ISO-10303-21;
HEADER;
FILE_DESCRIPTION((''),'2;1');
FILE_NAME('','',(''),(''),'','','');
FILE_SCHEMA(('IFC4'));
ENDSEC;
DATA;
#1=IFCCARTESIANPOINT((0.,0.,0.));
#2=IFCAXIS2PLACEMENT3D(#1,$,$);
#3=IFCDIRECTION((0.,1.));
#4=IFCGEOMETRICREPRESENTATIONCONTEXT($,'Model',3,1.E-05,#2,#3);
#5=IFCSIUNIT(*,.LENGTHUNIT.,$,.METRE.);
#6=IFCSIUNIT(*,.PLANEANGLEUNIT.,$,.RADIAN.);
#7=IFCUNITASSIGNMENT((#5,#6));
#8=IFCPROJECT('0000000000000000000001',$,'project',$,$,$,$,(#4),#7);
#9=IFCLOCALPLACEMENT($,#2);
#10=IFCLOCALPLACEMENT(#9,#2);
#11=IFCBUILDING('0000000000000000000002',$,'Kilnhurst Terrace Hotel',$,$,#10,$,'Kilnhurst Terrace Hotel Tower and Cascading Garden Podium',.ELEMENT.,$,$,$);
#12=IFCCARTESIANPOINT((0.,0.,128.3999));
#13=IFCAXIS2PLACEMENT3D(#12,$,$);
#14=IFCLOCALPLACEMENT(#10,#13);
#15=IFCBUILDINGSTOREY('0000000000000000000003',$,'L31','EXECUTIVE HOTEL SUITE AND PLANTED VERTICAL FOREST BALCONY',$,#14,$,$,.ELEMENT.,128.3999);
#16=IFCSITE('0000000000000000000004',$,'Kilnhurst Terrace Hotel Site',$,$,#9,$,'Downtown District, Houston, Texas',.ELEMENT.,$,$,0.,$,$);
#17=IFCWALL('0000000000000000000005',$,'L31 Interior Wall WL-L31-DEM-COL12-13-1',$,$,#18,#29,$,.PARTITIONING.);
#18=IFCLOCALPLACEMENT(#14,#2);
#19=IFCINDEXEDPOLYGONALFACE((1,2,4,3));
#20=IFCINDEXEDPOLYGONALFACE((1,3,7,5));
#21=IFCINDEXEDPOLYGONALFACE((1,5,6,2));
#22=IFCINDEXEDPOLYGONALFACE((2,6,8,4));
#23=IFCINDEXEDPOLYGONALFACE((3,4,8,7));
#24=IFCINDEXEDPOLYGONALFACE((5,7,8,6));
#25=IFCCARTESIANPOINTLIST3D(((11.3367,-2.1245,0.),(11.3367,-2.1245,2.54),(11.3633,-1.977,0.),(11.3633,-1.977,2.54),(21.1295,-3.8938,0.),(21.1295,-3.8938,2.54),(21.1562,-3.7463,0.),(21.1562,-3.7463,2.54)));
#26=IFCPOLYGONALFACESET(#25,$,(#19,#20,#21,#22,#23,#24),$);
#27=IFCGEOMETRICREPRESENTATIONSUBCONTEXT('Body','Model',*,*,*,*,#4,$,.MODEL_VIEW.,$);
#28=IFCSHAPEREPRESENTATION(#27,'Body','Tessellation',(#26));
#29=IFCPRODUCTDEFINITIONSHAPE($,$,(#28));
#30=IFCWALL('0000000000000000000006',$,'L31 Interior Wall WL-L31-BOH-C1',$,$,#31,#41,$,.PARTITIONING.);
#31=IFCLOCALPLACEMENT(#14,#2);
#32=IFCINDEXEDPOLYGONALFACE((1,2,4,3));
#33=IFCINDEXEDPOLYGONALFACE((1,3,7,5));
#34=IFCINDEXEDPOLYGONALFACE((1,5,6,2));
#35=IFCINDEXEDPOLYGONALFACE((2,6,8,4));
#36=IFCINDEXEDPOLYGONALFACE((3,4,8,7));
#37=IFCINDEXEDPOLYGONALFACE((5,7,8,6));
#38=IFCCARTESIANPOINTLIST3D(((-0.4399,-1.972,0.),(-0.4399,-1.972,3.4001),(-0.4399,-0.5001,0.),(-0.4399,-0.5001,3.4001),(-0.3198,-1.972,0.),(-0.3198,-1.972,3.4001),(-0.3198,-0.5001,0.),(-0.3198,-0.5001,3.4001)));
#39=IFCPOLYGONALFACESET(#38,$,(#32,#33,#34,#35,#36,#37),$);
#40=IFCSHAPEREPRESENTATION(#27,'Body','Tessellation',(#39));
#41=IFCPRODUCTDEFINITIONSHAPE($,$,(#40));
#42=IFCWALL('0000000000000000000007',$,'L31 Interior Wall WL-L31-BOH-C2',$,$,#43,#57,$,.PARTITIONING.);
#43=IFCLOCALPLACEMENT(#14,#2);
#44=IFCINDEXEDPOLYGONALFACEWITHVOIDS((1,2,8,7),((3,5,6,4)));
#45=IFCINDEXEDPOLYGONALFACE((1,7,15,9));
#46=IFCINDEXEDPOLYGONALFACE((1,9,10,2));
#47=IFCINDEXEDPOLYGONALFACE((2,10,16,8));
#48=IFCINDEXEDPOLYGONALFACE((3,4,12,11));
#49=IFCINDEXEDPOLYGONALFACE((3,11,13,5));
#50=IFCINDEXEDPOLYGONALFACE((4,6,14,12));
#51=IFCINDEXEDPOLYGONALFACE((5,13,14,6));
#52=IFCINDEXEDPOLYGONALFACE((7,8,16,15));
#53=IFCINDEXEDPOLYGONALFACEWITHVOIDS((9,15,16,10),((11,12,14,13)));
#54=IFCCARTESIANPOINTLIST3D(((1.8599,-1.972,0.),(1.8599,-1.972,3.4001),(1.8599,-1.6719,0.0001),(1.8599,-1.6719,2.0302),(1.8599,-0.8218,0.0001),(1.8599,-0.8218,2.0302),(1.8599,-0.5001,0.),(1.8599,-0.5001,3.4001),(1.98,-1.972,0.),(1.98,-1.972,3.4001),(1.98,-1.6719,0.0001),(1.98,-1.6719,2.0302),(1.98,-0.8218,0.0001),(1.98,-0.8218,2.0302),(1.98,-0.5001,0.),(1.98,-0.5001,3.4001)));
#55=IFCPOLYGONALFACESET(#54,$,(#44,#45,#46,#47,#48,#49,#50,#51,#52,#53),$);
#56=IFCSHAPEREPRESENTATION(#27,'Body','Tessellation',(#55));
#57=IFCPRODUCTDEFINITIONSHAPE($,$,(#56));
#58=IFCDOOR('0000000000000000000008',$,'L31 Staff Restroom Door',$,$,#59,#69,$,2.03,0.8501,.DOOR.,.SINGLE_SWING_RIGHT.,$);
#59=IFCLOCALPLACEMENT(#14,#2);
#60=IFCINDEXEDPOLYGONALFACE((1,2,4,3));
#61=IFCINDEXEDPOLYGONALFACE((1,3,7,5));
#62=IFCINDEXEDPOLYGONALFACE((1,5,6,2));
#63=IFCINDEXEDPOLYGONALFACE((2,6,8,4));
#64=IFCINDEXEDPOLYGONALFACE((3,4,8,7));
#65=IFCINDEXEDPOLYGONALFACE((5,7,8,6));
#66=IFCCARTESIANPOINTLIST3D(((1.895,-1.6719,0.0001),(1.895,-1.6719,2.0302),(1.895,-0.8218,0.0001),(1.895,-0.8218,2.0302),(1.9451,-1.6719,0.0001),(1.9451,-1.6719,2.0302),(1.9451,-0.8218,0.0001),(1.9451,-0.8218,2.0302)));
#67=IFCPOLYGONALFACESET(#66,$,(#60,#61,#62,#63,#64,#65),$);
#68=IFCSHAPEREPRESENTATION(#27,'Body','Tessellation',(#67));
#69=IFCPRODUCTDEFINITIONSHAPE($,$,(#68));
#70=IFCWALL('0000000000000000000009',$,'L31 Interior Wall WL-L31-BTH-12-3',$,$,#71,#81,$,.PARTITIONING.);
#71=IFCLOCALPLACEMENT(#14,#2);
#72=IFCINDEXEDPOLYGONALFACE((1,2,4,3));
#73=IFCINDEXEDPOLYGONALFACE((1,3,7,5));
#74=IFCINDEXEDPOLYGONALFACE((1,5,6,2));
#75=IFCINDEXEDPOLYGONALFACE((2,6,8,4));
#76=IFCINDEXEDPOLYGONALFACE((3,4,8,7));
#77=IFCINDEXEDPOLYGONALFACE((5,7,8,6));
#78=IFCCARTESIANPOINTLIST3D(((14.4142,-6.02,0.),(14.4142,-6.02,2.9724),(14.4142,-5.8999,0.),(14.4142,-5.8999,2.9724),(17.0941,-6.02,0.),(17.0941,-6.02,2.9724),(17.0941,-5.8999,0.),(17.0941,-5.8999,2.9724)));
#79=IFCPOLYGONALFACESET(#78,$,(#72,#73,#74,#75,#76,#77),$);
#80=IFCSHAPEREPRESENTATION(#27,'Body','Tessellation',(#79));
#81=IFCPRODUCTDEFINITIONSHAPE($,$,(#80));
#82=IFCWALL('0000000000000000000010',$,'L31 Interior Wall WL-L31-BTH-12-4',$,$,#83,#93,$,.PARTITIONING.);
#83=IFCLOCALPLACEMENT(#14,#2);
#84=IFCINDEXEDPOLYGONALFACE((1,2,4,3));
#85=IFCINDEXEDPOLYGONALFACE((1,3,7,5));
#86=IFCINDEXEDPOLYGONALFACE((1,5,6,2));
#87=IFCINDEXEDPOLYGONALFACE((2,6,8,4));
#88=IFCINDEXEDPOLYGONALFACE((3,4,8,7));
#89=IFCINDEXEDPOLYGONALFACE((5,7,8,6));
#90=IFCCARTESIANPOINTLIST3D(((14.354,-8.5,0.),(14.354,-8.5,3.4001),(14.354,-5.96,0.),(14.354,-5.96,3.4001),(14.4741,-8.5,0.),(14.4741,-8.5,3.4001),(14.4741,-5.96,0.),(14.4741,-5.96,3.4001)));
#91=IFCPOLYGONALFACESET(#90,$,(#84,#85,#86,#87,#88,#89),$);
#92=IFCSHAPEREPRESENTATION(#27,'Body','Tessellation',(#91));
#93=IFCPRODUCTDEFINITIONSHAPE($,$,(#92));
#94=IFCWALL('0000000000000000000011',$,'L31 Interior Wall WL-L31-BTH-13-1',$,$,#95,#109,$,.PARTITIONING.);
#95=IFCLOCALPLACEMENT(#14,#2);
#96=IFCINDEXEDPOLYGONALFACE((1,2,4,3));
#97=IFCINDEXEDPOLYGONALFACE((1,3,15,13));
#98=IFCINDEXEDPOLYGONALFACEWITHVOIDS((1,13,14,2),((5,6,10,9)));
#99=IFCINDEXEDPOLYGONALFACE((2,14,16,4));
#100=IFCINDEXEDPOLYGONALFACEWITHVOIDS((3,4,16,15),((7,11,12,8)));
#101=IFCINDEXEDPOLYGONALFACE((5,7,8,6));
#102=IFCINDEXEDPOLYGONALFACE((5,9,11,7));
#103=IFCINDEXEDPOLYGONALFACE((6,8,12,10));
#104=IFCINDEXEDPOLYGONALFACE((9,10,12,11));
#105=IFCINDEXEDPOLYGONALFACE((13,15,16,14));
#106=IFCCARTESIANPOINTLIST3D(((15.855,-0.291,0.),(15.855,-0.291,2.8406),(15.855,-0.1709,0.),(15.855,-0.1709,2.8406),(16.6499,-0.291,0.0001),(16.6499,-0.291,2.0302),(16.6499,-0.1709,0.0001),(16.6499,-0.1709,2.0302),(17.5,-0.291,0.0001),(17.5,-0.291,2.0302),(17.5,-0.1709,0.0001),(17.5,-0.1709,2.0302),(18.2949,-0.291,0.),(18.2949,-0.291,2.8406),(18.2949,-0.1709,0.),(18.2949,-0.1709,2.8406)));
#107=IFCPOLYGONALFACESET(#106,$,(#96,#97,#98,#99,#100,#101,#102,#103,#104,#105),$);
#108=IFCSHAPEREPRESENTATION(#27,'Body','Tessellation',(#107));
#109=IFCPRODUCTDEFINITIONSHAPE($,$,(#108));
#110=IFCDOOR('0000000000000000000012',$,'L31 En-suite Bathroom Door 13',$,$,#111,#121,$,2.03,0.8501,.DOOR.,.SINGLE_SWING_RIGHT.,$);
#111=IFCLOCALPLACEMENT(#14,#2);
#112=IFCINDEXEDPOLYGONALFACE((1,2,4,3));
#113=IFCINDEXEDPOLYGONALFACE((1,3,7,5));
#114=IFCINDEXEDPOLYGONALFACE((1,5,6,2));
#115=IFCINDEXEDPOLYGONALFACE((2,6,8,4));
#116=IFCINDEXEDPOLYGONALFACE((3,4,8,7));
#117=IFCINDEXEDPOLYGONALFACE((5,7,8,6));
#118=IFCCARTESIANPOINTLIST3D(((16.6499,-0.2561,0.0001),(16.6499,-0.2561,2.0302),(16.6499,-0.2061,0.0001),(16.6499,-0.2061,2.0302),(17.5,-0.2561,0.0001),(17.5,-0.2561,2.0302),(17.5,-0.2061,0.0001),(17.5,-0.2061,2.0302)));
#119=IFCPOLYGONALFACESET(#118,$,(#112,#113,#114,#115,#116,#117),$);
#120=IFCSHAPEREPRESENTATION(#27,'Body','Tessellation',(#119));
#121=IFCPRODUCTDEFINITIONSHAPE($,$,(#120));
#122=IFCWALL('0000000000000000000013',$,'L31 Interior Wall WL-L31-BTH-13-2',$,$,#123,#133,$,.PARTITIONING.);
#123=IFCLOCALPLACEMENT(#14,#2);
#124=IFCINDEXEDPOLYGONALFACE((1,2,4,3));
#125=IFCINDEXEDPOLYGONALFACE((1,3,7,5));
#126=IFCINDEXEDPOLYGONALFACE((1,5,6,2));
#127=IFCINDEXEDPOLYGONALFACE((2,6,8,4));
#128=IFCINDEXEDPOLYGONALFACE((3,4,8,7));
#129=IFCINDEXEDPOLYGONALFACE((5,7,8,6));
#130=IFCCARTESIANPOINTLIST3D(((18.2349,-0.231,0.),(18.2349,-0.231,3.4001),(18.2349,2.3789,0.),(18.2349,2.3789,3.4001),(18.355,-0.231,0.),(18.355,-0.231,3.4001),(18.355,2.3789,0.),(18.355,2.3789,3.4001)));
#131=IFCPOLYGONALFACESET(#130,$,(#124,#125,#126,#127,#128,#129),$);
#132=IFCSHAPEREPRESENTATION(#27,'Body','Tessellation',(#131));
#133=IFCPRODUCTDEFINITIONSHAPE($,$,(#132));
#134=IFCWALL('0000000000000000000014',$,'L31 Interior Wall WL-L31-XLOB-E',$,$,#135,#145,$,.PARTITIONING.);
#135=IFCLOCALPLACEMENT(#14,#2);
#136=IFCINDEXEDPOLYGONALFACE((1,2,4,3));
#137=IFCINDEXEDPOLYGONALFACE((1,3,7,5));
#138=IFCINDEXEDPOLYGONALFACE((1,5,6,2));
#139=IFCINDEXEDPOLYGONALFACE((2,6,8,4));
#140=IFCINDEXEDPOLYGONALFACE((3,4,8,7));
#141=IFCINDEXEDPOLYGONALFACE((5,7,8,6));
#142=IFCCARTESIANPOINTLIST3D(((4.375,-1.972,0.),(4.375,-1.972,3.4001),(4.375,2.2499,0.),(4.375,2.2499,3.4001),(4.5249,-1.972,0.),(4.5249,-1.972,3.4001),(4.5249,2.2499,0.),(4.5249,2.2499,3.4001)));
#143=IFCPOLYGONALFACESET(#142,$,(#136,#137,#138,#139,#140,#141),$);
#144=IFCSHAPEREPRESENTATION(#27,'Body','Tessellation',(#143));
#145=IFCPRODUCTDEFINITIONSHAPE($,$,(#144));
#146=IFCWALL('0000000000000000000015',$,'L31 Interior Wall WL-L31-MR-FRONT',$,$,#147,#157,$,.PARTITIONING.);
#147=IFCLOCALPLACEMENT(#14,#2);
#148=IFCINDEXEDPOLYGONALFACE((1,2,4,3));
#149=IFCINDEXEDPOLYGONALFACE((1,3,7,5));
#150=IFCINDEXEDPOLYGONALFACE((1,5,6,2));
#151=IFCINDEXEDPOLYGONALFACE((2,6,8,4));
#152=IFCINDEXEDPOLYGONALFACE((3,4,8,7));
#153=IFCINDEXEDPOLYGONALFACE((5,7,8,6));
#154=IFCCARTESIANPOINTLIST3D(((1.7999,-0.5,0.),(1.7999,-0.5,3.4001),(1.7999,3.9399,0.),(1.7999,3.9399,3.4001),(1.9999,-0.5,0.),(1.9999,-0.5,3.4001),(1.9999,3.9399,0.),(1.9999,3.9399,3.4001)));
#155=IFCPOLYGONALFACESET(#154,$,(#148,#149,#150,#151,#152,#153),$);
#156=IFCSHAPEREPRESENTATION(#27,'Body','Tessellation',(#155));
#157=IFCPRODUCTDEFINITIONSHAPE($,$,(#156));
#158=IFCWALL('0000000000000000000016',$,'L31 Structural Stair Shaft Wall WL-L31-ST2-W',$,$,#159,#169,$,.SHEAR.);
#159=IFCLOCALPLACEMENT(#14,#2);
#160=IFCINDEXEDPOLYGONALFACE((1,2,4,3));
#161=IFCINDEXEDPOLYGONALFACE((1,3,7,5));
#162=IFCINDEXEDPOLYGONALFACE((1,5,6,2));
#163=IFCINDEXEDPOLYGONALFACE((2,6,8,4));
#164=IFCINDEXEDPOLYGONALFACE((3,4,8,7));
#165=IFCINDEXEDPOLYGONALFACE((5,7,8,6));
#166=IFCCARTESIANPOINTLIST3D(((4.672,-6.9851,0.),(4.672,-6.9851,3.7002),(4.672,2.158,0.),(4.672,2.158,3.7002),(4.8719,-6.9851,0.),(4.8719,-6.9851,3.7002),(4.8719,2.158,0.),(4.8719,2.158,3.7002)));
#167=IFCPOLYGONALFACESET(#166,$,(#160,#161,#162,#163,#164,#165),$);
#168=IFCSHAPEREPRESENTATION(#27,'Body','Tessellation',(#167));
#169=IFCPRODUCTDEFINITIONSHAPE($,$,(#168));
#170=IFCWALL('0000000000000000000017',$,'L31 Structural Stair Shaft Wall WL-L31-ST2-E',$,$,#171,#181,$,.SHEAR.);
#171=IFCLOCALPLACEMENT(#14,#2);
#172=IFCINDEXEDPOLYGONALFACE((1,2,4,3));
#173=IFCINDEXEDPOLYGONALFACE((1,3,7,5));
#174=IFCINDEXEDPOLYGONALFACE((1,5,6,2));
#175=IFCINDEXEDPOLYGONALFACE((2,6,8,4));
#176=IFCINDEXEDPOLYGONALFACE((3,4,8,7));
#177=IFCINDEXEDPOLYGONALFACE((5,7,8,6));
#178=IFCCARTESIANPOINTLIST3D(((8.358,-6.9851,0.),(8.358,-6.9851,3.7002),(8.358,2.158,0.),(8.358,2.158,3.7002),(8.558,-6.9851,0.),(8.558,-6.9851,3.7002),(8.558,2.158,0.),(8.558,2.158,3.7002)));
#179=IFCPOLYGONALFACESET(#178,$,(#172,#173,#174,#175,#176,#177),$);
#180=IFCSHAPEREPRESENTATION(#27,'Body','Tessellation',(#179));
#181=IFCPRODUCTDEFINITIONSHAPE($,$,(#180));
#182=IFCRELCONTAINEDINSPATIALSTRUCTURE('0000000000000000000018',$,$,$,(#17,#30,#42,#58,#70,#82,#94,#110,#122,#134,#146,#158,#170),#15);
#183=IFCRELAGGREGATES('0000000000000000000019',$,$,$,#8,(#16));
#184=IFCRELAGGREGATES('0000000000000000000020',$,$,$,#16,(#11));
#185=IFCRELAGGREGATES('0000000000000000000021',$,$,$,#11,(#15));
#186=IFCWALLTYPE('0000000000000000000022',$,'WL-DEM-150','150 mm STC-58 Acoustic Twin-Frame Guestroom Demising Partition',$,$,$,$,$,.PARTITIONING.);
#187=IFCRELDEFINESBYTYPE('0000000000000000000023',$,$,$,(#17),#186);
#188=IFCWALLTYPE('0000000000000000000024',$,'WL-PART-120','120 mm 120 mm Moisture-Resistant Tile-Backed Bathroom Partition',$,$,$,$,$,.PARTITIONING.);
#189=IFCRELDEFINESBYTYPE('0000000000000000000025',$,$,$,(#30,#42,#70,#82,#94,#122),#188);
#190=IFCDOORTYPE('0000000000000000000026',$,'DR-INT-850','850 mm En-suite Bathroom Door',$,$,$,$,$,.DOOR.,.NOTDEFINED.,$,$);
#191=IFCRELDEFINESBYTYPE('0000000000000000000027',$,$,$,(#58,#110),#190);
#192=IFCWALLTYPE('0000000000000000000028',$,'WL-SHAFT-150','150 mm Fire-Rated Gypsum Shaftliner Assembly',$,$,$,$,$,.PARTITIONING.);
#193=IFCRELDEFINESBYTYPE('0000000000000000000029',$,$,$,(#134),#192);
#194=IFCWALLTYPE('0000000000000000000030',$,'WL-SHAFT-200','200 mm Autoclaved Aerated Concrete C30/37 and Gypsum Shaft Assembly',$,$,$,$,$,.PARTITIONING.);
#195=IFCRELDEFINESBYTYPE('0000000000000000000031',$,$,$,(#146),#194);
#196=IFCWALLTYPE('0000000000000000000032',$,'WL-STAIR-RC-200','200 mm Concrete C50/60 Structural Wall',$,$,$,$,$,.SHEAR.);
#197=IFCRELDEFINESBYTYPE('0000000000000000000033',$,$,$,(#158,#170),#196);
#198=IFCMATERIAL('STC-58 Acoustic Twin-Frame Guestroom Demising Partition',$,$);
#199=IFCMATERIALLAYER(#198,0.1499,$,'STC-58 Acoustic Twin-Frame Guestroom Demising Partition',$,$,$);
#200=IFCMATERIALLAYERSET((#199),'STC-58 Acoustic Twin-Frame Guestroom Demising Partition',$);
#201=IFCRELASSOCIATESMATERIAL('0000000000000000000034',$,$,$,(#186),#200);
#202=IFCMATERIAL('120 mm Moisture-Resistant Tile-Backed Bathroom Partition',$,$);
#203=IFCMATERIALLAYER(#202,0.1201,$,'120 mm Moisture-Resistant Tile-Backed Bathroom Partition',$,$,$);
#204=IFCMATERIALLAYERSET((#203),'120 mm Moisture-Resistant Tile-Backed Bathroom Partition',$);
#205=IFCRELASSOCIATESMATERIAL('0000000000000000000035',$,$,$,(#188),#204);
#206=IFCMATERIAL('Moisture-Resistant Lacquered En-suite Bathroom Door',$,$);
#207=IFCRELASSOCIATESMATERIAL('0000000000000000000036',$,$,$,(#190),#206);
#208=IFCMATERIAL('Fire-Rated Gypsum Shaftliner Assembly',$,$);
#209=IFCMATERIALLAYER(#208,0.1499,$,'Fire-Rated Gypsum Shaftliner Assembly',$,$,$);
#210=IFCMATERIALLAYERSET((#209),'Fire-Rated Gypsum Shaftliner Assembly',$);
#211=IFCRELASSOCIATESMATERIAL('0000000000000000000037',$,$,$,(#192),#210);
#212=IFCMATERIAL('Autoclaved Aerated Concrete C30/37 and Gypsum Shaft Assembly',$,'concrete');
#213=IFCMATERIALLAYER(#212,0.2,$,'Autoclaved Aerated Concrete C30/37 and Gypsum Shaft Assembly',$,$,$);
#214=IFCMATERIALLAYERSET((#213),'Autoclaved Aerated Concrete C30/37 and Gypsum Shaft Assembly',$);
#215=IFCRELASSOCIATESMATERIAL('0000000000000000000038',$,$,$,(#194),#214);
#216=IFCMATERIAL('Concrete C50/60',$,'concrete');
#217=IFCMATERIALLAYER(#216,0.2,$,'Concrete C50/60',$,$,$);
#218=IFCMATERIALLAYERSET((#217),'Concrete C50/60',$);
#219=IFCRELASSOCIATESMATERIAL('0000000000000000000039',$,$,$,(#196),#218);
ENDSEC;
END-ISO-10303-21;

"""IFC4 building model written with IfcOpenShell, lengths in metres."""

from ifc_helpers import new_model, si_unit, direction, frame, frame_2d, origin, place, context, subcontext, project, spatial, rectangle, extrude, material, layer, layer_set, type_object, element, fill, save


model = new_model("IFC4")

# Units and contexts
model_context = context("Model", 3, precision=1e-05, world=origin(), true_north=direction((0.0, 1.0)))
body_context = subcontext(model_context, "Body", "Model", "MODEL_VIEW")
ifc_project = project(units=[si_unit("LENGTHUNIT", "METRE"), si_unit("PLANEANGLEUNIT", "RADIAN")], contexts=[model_context])

# Site, building, storey
site_placement = place(None, origin())
site = spatial("IfcSite", under=ifc_project, at=site_placement, Name="Kilnhurst Terrace Hotel Site", LongName="Downtown District, Houston, Texas", CompositionType="ELEMENT", RefElevation=0.0)
building_placement = place(site_placement, origin())
building = spatial("IfcBuilding", under=site, at=building_placement, Name="Kilnhurst Terrace Hotel", LongName="Kilnhurst Terrace Hotel Tower and Cascading Garden Podium", CompositionType="ELEMENT")
storey_placement = place(building_placement, frame((0.0, 0.0, 128.3999)))
storey = spatial("IfcBuildingStorey", under=building, at=storey_placement, Name="L31", Description="EXECUTIVE HOTEL SUITE AND PLANTED VERTICAL FOREST BALCONY", CompositionType="ELEMENT", Elevation=128.3999)

# Shared definitions
ifc_material_1 = material(Name="Concrete C50/60", Category="concrete")

# Walls
ifc_material_2 = material(Name="STC-58 Acoustic Twin-Frame Guestroom Demising Partition")
ifc_layer_1 = layer(ifc_material_2, 0.1499, Name="STC-58 Acoustic Twin-Frame Guestroom Demising Partition")
ifc_layer_set_1 = layer_set([ifc_layer_1], Name="STC-58 Acoustic Twin-Frame Guestroom Demising Partition")
wall_type_1 = type_object("IfcWallType", Name="WL-DEM-150", Description="150 mm STC-58 Acoustic Twin-Frame Guestroom Demising Partition", PredefinedType="PARTITIONING", material=ifc_layer_set_1)
wall_1_placement = place(storey_placement, frame((11.3501, -2.0508, 0.0), z_axis=(0.0, 0.0, 1.0), x_axis=(0.984068, -0.177791, 0.0)))
element("IfcWall", 1, at=wall_1_placement, inside=storey, type_object=wall_type_1, Name="L31 Interior Wall WL-L31-DEM-COL12-13-1", PredefinedType="PARTITIONING", context=body_context, shape_type="SweptSolid", body=[
    extrude(rectangle(XDim=9.9514, YDim=0.1499, at=frame_2d((4.9756, 0.0))), origin(), (0.0, 0.0, 1.0), 2.54),
])
ifc_material_3 = material(Name="120 mm Moisture-Resistant Tile-Backed Bathroom Partition")
ifc_layer_2 = layer(ifc_material_3, 0.1201, Name="120 mm Moisture-Resistant Tile-Backed Bathroom Partition")
ifc_layer_set_2 = layer_set([ifc_layer_2], Name="120 mm Moisture-Resistant Tile-Backed Bathroom Partition")
wall_type_2 = type_object("IfcWallType", Name="WL-PART-120", Description="120 mm 120 mm Moisture-Resistant Tile-Backed Bathroom Partition", PredefinedType="PARTITIONING", material=ifc_layer_set_2)
wall_2_placement = place(storey_placement, frame((-0.3799, -1.9719, 0.0), z_axis=(0.0, 0.0, 1.0), x_axis=(0.0, 1.0, 0.0)))
element("IfcWall", 2, at=wall_2_placement, inside=storey, type_object=wall_type_2, Name="L31 Interior Wall WL-L31-BOH-C1", PredefinedType="PARTITIONING", context=body_context, shape_type="SweptSolid", body=[
    extrude(rectangle(XDim=1.4719, YDim=0.1201, at=frame_2d((0.7358, 0.0))), origin(), (0.0, 0.0, 1.0), 3.4001),
])

# Wall, opening, door
wall_3_placement = place(storey_placement, frame((1.9199, -1.9719, 0.0), z_axis=(0.0, 0.0, 1.0), x_axis=(0.0, 1.0, 0.0)))
wall_3 = element("IfcWall", 3, at=wall_3_placement, inside=storey, type_object=wall_type_2, Name="L31 Interior Wall WL-L31-BOH-C2", PredefinedType="PARTITIONING", context=body_context, shape_type="SweptSolid", body=[
    extrude(rectangle(XDim=1.4719, YDim=0.1201, at=frame_2d((0.7358, 0.0))), origin(), (0.0, 0.0, 1.0), 3.4001),
])
opening_1_placement = place(wall_3_placement, frame((0.3, 0.0, 0.0)))
opening_1 = element("IfcOpeningElement", 4, at=opening_1_placement, cuts=wall_3, PredefinedType="OPENING", context=body_context, shape_type="SweptSolid", body=[
    extrude(rectangle(XDim=0.8501, YDim=2.03, at=frame_2d((0.425, 1.0151))), frame((0.0, 0.0701, 0.0), z_axis=(0.0, -1.0, 0.0), x_axis=(1.0, 0.0, 0.0)), (0.0, 0.0, 1.0), 0.1401),
])
ifc_material_4 = material(Name="Moisture-Resistant Lacquered En-suite Bathroom Door")
door_type = type_object("IfcDoorType", Name="DR-INT-850", Description="850 mm En-suite Bathroom Door", OperationType="NOTDEFINED", PredefinedType="DOOR", material=ifc_material_4)
door_1_placement = place(opening_1_placement, origin())
door_1 = element("IfcDoor", 5, at=door_1_placement, inside=storey, type_object=door_type, Name="L31 Staff Restroom Door", OperationType="SINGLE_SWING_RIGHT", OverallHeight=2.03, OverallWidth=0.8501, PredefinedType="DOOR", context=body_context, shape_type="SweptSolid", body=[
    extrude(rectangle(XDim=0.8501, YDim=2.03, at=frame_2d((0.425, 1.0151))), frame((0.0, 0.0249, 0.0), z_axis=(0.0, -1.0, 0.0), x_axis=(1.0, 0.0, 0.0)), (0.0, 0.0, 1.0), 0.05),
])
fill(opening_1, door_1)

# Walls
wall_4_placement = place(storey_placement, frame((17.094, -5.96, 0.0), z_axis=(0.0, 0.0, 1.0), x_axis=(-1.0, 0.0, 0.0)))
element("IfcWall", 6, at=wall_4_placement, inside=storey, type_object=wall_type_2, Name="L31 Interior Wall WL-L31-BTH-12-3", PredefinedType="PARTITIONING", context=body_context, shape_type="SweptSolid", body=[
    extrude(rectangle(XDim=2.6799, YDim=0.1201, at=frame_2d((1.3398, 0.0))), origin(), (0.0, 0.0, 1.0), 2.9724),
])
wall_5_placement = place(storey_placement, frame((14.4141, -5.96, 0.0), z_axis=(0.0, 0.0, 1.0), x_axis=(0.0, -1.0, 0.0)))
element("IfcWall", 7, at=wall_5_placement, inside=storey, type_object=wall_type_2, Name="L31 Interior Wall WL-L31-BTH-12-4", PredefinedType="PARTITIONING", context=body_context, shape_type="SweptSolid", body=[
    extrude(rectangle(XDim=2.54, YDim=0.1201, at=frame_2d((1.27, 0.0))), origin(), (0.0, 0.0, 1.0), 3.4001),
])

# Wall, opening, door
wall_6_placement = place(storey_placement, frame((15.855, -0.231, 0.0), z_axis=(0.0, 0.0, 1.0), x_axis=(1.0, 0.0, 0.0)))
wall_6 = element("IfcWall", 8, at=wall_6_placement, inside=storey, type_object=wall_type_2, Name="L31 Interior Wall WL-L31-BTH-13-1", PredefinedType="PARTITIONING", context=body_context, shape_type="SweptSolid", body=[
    extrude(rectangle(XDim=2.4399, YDim=0.1201, at=frame_2d((1.22, 0.0))), origin(), (0.0, 0.0, 1.0), 2.8406),
])
opening_2_placement = place(wall_6_placement, frame((0.7949, 0.0, 0.0)))
opening_2 = element("IfcOpeningElement", 9, at=opening_2_placement, cuts=wall_6, PredefinedType="OPENING", context=body_context, shape_type="SweptSolid", body=[
    extrude(rectangle(XDim=0.8501, YDim=2.03, at=frame_2d((0.425, 1.0151))), frame((0.0, 0.0701, 0.0), z_axis=(0.0, -1.0, 0.0), x_axis=(1.0, 0.0, 0.0)), (0.0, 0.0, 1.0), 0.1401),
])
door_2_placement = place(opening_2_placement, origin())
door_2 = element("IfcDoor", 10, at=door_2_placement, inside=storey, type_object=door_type, Name="L31 En-suite Bathroom Door 13", OperationType="SINGLE_SWING_RIGHT", OverallHeight=2.03, OverallWidth=0.8501, PredefinedType="DOOR", context=body_context, shape_type="SweptSolid", body=[
    extrude(rectangle(XDim=0.8501, YDim=2.03, at=frame_2d((0.425, 1.0151))), frame((0.0, 0.0249, 0.0), z_axis=(0.0, -1.0, 0.0), x_axis=(1.0, 0.0, 0.0)), (0.0, 0.0, 1.0), 0.05),
])
fill(opening_2, door_2)

# Walls
wall_7_placement = place(storey_placement, frame((18.2949, -0.231, 0.0), z_axis=(0.0, 0.0, 1.0), x_axis=(0.0, 1.0, 0.0)))
element("IfcWall", 11, at=wall_7_placement, inside=storey, type_object=wall_type_2, Name="L31 Interior Wall WL-L31-BTH-13-2", PredefinedType="PARTITIONING", context=body_context, shape_type="SweptSolid", body=[
    extrude(rectangle(XDim=2.6099, YDim=0.1201, at=frame_2d((1.3049, 0.0))), origin(), (0.0, 0.0, 1.0), 3.4001),
])
ifc_material_5 = material(Name="Fire-Rated Gypsum Shaftliner Assembly")
ifc_layer_3 = layer(ifc_material_5, 0.1499, Name="Fire-Rated Gypsum Shaftliner Assembly")
ifc_layer_set_3 = layer_set([ifc_layer_3], Name="Fire-Rated Gypsum Shaftliner Assembly")
wall_type_3 = type_object("IfcWallType", Name="WL-SHAFT-150", Description="150 mm Fire-Rated Gypsum Shaftliner Assembly", PredefinedType="PARTITIONING", material=ifc_layer_set_3)
wall_8_placement = place(storey_placement, frame((4.45, -1.9719, 0.0), z_axis=(0.0, 0.0, 1.0), x_axis=(0.0, 1.0, 0.0)))
element("IfcWall", 12, at=wall_8_placement, inside=storey, type_object=wall_type_3, Name="L31 Interior Wall WL-L31-XLOB-E", PredefinedType="PARTITIONING", context=body_context, shape_type="SweptSolid", body=[
    extrude(rectangle(XDim=4.2219, YDim=0.1499, at=frame_2d((2.1108, 0.0))), origin(), (0.0, 0.0, 1.0), 3.4001),
])
ifc_material_6 = material(Name="Autoclaved Aerated Concrete C30/37 and Gypsum Shaft Assembly", Category="concrete")
ifc_layer_4 = layer(ifc_material_6, 0.2, Name="Autoclaved Aerated Concrete C30/37 and Gypsum Shaft Assembly")
ifc_layer_set_4 = layer_set([ifc_layer_4], Name="Autoclaved Aerated Concrete C30/37 and Gypsum Shaft Assembly")
wall_type_4 = type_object("IfcWallType", Name="WL-SHAFT-200", Description="200 mm Autoclaved Aerated Concrete C30/37 and Gypsum Shaft Assembly", PredefinedType="PARTITIONING", material=ifc_layer_set_4)
wall_9_placement = place(storey_placement, frame((1.8999, -0.5, 0.0), z_axis=(0.0, 0.0, 1.0), x_axis=(0.0, 1.0, 0.0)))
element("IfcWall", 13, at=wall_9_placement, inside=storey, type_object=wall_type_4, Name="L31 Interior Wall WL-L31-MR-FRONT", PredefinedType="PARTITIONING", context=body_context, shape_type="SweptSolid", body=[
    extrude(rectangle(XDim=4.4399, YDim=0.2, at=frame_2d((2.22, 0.0))), origin(), (0.0, 0.0, 1.0), 3.4001),
])
ifc_layer_5 = layer(ifc_material_1, 0.2, Name="Concrete C50/60")
ifc_layer_set_5 = layer_set([ifc_layer_5], Name="Concrete C50/60")
wall_type_5 = type_object("IfcWallType", Name="WL-STAIR-RC-200", Description="200 mm Concrete C50/60 Structural Wall", PredefinedType="SHEAR", material=ifc_layer_set_5)
for number, where, z_axis, x_axis, name in (
    (14, (4.772, -6.9851, 0.0), (0.0, 0.0, 1.0), (0.0, 1.0, 0.0), "L31 Structural Stair Shaft Wall WL-L31-ST2-W"),
    (15, (8.458, -6.9851, 0.0), (0.0, 0.0, 1.0), (0.0, 1.0, 0.0), "L31 Structural Stair Shaft Wall WL-L31-ST2-E"),
):
    element("IfcWall", number, at=place(storey_placement, frame(where, z_axis=z_axis, x_axis=x_axis)), inside=storey, type_object=wall_type_5, Name=name, PredefinedType="SHEAR", context=body_context, shape_type="SweptSolid", body=[
        extrude(rectangle(XDim=9.1431, YDim=0.2, at=frame_2d((4.5715, 0.0))), origin(), (0.0, 0.0, 1.0), 3.7002),
    ])

save(model, "model.ifc")
